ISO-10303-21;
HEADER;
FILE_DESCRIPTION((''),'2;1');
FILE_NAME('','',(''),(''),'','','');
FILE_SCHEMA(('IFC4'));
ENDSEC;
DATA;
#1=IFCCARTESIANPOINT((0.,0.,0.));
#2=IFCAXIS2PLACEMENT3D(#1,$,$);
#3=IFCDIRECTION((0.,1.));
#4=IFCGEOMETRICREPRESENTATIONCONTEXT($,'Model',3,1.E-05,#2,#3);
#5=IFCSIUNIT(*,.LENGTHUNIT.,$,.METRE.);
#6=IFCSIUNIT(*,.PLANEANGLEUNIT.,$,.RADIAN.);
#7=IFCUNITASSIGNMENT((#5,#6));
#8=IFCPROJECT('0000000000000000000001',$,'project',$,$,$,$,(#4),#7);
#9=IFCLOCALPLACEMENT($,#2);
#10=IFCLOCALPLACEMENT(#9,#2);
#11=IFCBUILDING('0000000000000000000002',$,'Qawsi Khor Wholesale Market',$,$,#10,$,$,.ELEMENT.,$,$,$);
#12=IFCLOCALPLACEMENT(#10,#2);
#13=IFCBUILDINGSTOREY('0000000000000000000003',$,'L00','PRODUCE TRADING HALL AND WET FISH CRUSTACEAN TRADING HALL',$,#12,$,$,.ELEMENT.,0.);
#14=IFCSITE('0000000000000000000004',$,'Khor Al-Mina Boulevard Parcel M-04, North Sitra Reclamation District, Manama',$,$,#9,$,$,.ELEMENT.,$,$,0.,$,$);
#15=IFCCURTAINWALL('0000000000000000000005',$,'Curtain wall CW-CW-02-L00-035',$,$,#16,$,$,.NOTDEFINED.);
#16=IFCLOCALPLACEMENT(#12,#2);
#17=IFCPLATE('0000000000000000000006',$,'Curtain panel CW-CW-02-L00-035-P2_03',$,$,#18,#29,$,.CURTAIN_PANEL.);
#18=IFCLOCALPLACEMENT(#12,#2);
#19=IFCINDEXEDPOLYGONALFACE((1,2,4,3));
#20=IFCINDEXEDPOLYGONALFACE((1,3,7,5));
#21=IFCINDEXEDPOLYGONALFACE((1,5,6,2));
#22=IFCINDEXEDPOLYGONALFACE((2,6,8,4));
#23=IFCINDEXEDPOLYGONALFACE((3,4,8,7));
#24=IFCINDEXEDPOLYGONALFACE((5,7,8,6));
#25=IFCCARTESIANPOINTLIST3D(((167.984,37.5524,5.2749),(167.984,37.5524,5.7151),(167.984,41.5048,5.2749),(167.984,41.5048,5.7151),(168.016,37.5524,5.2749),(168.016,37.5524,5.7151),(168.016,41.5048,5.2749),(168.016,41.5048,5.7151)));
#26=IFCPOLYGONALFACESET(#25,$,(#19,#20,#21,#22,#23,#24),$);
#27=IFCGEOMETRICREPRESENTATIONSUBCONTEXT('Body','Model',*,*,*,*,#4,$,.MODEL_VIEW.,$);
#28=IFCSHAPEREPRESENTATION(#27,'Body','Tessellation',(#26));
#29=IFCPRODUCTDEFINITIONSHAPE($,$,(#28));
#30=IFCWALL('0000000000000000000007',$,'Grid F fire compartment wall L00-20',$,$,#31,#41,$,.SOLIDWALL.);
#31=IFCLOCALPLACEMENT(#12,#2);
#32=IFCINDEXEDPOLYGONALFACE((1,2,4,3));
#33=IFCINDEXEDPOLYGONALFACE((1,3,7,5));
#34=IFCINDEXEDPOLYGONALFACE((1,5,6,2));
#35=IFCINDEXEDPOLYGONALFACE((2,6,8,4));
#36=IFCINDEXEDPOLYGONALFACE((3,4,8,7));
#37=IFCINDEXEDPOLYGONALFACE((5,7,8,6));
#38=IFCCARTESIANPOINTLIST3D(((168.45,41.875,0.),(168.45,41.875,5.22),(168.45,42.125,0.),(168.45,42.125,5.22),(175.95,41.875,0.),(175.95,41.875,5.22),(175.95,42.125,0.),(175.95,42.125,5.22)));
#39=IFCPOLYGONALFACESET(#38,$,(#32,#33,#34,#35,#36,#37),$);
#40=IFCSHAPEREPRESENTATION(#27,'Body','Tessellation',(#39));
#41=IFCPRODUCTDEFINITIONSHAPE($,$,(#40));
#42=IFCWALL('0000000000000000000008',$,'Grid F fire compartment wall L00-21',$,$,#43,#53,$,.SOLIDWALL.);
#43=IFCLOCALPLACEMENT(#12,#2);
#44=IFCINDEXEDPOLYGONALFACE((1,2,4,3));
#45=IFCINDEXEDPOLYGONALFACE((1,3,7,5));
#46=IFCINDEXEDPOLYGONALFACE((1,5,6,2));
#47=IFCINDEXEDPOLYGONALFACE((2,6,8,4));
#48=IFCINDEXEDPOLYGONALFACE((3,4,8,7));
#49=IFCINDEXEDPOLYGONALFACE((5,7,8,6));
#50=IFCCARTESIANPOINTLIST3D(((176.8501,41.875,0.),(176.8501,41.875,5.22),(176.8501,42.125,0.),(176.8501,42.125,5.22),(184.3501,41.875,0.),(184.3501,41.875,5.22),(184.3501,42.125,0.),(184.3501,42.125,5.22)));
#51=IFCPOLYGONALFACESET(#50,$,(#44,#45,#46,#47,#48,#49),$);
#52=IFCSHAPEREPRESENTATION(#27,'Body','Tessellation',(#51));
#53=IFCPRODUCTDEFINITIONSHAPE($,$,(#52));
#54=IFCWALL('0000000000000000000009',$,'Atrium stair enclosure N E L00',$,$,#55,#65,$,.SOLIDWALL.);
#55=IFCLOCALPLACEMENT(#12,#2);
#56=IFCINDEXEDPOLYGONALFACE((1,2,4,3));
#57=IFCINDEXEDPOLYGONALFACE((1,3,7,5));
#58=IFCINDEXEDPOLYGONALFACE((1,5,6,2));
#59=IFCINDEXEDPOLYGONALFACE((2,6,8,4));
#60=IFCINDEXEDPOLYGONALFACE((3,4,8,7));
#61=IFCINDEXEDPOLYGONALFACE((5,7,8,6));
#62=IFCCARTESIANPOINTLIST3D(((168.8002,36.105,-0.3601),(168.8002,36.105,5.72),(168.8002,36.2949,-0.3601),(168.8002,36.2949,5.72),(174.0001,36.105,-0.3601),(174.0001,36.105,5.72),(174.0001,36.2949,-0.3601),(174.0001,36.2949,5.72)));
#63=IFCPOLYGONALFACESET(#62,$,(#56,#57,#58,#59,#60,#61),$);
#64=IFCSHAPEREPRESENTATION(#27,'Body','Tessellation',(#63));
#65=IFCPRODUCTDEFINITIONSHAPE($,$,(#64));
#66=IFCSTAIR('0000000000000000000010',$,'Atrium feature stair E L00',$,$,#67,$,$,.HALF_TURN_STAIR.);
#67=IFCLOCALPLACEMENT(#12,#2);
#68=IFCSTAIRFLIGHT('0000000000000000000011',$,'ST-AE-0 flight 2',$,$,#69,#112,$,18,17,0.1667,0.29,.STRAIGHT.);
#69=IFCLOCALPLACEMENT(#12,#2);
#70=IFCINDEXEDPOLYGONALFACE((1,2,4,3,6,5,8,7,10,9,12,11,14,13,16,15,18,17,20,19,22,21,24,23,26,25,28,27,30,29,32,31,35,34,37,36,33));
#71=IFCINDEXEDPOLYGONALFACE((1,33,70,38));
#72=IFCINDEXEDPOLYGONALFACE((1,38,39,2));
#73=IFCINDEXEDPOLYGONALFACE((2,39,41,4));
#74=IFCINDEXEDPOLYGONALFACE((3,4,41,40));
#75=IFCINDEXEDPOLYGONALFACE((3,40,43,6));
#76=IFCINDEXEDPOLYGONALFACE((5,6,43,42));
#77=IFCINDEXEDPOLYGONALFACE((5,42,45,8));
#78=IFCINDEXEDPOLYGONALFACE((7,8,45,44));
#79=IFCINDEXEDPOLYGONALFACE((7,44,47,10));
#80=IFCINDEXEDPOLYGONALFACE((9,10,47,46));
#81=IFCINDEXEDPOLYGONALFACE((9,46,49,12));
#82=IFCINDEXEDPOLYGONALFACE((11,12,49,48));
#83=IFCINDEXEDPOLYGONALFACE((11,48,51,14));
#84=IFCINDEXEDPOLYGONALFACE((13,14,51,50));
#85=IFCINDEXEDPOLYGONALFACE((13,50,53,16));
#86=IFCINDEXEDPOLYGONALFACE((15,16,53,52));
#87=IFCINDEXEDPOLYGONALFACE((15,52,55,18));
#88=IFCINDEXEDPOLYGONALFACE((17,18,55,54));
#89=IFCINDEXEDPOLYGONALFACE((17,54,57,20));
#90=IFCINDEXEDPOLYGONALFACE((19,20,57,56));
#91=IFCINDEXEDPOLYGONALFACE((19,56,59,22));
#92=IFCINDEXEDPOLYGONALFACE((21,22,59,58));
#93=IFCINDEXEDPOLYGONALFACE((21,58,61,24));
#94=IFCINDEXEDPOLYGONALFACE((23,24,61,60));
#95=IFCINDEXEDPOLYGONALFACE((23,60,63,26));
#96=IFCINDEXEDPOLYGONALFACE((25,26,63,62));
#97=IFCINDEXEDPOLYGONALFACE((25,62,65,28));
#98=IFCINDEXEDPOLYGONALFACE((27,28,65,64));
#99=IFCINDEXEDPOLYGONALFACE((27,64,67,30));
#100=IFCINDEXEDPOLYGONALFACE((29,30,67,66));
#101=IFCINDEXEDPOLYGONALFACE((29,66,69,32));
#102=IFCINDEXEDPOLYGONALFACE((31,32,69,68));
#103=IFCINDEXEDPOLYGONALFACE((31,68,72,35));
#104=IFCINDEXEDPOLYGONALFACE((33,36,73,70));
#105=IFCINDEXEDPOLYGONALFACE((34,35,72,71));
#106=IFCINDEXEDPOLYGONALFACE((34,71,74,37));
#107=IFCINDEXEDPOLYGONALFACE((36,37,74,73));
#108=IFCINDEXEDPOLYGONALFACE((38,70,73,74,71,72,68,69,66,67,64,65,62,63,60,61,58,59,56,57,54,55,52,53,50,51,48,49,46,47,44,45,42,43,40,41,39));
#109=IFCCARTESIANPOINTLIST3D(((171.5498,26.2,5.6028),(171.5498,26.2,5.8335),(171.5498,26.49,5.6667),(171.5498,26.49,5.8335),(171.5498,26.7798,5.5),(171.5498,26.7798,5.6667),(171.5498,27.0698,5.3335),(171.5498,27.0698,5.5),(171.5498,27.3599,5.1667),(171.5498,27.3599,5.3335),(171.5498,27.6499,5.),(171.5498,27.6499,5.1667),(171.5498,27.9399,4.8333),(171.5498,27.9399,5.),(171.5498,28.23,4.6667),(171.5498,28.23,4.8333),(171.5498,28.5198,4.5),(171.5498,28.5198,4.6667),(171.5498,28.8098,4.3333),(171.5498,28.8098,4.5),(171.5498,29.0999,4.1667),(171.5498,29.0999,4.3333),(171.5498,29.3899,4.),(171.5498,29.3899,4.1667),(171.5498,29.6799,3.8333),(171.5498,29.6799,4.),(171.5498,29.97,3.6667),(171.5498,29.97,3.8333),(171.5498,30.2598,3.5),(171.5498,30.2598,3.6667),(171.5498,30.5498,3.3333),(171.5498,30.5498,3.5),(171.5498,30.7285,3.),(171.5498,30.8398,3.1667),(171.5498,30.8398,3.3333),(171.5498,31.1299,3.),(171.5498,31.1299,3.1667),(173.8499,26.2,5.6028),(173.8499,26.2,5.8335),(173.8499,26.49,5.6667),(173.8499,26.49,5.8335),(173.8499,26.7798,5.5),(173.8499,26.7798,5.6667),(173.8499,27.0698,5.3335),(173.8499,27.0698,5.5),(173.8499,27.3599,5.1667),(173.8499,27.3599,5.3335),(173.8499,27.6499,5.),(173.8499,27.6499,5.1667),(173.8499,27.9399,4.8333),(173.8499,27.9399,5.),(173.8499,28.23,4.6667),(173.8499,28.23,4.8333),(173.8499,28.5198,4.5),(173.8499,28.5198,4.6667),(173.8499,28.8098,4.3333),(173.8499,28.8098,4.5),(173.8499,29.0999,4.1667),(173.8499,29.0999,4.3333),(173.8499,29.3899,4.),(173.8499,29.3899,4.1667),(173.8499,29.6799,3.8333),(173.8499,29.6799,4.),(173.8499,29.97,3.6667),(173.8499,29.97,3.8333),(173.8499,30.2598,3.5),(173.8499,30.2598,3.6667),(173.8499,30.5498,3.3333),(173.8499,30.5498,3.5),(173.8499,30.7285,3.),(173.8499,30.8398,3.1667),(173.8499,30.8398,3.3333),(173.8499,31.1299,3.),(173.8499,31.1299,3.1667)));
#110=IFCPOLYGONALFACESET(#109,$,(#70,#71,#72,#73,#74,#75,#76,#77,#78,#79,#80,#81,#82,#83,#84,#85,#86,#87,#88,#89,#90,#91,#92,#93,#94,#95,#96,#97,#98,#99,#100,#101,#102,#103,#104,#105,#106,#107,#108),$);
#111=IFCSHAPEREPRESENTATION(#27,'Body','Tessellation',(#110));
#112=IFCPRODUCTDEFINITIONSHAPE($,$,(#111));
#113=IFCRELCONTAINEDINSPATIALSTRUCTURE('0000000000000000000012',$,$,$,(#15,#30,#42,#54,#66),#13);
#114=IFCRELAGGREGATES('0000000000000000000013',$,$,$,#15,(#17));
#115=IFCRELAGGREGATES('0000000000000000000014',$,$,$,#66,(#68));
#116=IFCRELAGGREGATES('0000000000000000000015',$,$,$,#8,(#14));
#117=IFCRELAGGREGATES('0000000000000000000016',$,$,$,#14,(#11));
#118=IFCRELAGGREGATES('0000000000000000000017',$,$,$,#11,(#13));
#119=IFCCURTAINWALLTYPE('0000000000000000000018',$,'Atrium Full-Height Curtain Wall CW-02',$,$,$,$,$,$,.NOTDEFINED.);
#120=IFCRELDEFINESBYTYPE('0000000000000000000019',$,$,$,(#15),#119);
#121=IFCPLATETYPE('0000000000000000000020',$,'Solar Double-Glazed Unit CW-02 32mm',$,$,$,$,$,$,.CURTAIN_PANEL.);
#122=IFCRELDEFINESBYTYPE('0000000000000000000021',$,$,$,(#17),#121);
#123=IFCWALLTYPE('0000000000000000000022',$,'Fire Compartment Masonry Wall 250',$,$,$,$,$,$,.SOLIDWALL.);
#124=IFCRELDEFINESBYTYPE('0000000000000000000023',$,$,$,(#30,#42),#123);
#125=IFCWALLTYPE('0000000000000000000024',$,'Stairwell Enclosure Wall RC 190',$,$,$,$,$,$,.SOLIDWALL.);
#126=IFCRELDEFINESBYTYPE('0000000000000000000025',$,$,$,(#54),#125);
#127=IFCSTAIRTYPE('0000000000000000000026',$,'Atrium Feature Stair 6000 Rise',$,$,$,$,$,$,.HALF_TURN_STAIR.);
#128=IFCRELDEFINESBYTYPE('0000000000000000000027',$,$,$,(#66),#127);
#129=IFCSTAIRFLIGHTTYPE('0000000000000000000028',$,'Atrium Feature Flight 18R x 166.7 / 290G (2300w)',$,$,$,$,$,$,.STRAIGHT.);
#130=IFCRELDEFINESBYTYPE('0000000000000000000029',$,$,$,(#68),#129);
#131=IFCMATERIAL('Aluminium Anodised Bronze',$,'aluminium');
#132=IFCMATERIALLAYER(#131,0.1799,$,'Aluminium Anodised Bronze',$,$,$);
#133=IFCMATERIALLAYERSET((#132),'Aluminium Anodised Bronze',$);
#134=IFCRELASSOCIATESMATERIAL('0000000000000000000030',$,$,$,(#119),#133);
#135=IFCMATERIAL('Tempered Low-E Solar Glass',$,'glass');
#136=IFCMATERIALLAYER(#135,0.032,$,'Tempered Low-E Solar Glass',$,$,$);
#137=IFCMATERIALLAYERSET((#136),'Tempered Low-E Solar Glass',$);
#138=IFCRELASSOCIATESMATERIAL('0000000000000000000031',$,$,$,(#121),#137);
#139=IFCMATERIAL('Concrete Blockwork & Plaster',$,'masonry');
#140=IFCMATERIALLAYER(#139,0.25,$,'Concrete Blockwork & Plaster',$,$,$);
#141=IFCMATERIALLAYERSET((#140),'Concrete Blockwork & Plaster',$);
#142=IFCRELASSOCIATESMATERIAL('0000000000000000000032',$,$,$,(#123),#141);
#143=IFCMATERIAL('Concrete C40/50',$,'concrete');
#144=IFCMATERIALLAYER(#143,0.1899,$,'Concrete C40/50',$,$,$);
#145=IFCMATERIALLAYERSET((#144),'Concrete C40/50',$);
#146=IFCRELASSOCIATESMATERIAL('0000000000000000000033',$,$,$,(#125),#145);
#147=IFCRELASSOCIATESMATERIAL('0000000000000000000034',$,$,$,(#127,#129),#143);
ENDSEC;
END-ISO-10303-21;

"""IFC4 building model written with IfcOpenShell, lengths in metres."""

from ifc_helpers import new_model, si_unit, direction, frame, frame_2d, origin, place, context, subcontext, project, spatial, polyline, rectangle, outline, extrude, material, layer, layer_set, type_object, element, aggregate, save


model = new_model("IFC4")

# Units and contexts
model_context = context("Model", 3, precision=1e-05, world=origin(), true_north=direction((0.0, 1.0)))
body_context = subcontext(model_context, "Body", "Model", "MODEL_VIEW")
ifc_project = project(units=[si_unit("LENGTHUNIT", "METRE"), si_unit("PLANEANGLEUNIT", "RADIAN")], contexts=[model_context])

# Site, building, storey
site_placement = place(None, origin())
site = spatial("IfcSite", under=ifc_project, at=site_placement, Name="Khor Al-Mina Boulevard Parcel M-04, North Sitra Reclamation District, Manama", CompositionType="ELEMENT", RefElevation=0.0)
building_placement = place(site_placement, origin())
building = spatial("IfcBuilding", under=site, at=building_placement, Name="Qawsi Khor Wholesale Market", CompositionType="ELEMENT")
storey_placement = place(building_placement, origin())
storey = spatial("IfcBuildingStorey", under=building, at=storey_placement, Name="L00", Description="PRODUCE TRADING HALL AND WET FISH CRUSTACEAN TRADING HALL", CompositionType="ELEMENT", Elevation=0.0)

# Shared definitions
ifc_material_1 = material(Name="Concrete C40/50", Category="concrete")

# Curtain wall, plate
ifc_material_2 = material(Name="Aluminium Anodised Bronze", Category="aluminium")
ifc_layer_1 = layer(ifc_material_2, 0.1799, Name="Aluminium Anodised Bronze")
ifc_layer_set_1 = layer_set([ifc_layer_1], Name="Aluminium Anodised Bronze")
curtain_wall_type = type_object("IfcCurtainWallType", Name="Atrium Full-Height Curtain Wall CW-02", PredefinedType="NOTDEFINED", material=ifc_layer_set_1)
curtain_wall_placement = place(storey_placement, origin())
curtain_wall = element("IfcCurtainWall", 1, at=curtain_wall_placement, inside=storey, type_object=curtain_wall_type, Name="Curtain wall CW-CW-02-L00-035", PredefinedType="NOTDEFINED")
ifc_material_3 = material(Name="Tempered Low-E Solar Glass", Category="glass")
ifc_layer_2 = layer(ifc_material_3, 0.032, Name="Tempered Low-E Solar Glass")
ifc_layer_set_2 = layer_set([ifc_layer_2], Name="Tempered Low-E Solar Glass")
plate_type_1 = type_object("IfcPlateType", Name="Solar Double-Glazed Unit CW-02 32mm", PredefinedType="CURTAIN_PANEL", material=ifc_layer_set_2)
plate_1_placement = place(storey_placement, frame((168.0, 37.5525, 5.2749), z_axis=(0.0, 0.0, 1.0), x_axis=(0.0, 1.0, 0.0)))
plate_1 = element("IfcPlate", 2, at=plate_1_placement, type_object=plate_type_1, Name="Curtain panel CW-CW-02-L00-035-P2_03", PredefinedType="CURTAIN_PANEL", context=body_context, shape_type="SweptSolid", body=[
    extrude(rectangle(XDim=3.9524, YDim=0.032, at=frame_2d((1.9761, 0.0))), origin(), (0.0, 0.0, 1.0), 0.4402),
])
aggregate(curtain_wall, [plate_1])

# Walls
ifc_material_4 = material(Name="Concrete Blockwork & Plaster", Category="masonry")
ifc_layer_3 = layer(ifc_material_4, 0.25, Name="Concrete Blockwork & Plaster")
ifc_layer_set_3 = layer_set([ifc_layer_3], Name="Concrete Blockwork & Plaster")
wall_type_1 = type_object("IfcWallType", Name="Fire Compartment Masonry Wall 250", PredefinedType="SOLIDWALL", material=ifc_layer_set_3)
for number, where, z_axis, x_axis, name in (
    (3, (168.45, 42.0, 0.0), (0.0, 0.0, 1.0), (1.0, 0.0, 0.0), "Grid F fire compartment wall L00-20"),
    (4, (176.8501, 42.0, 0.0), (0.0, 0.0, 1.0), (1.0, 0.0, 0.0), "Grid F fire compartment wall L00-21"),
):
    element("IfcWall", number, at=place(storey_placement, frame(where, z_axis=z_axis, x_axis=x_axis)), inside=storey, type_object=wall_type_1, Name=name, PredefinedType="SOLIDWALL", context=body_context, shape_type="SweptSolid", body=[
        extrude(rectangle(XDim=7.5, YDim=0.25, at=frame_2d((3.75, 0.0))), origin(), (0.0, 0.0, 1.0), 5.22),
    ])
ifc_layer_4 = layer(ifc_material_1, 0.1899, Name="Concrete C40/50")
ifc_layer_set_4 = layer_set([ifc_layer_4], Name="Concrete C40/50")
wall_type_2 = type_object("IfcWallType", Name="Stairwell Enclosure Wall RC 190", PredefinedType="SOLIDWALL", material=ifc_layer_set_4)
wall_placement = place(storey_placement, frame((168.8, 36.2, -0.3601), z_axis=(0.0, 0.0, 1.0), x_axis=(1.0, 0.0, 0.0)))
element("IfcWall", 5, at=wall_placement, inside=storey, type_object=wall_type_2, Name="Atrium stair enclosure N E L00", PredefinedType="SOLIDWALL", context=body_context, shape_type="SweptSolid", body=[
    extrude(rectangle(XDim=5.2, YDim=0.1899, at=frame_2d((2.6001, 0.0))), origin(), (0.0, 0.0, 1.0), 6.0801),
])

# Stair, stair flight
stair_type = type_object("IfcStairType", Name="Atrium Feature Stair 6000 Rise", PredefinedType="HALF_TURN_STAIR", material=ifc_material_1)
stair_placement = place(storey_placement, origin())
stair = element("IfcStair", 6, at=stair_placement, inside=storey, type_object=stair_type, Name="Atrium feature stair E L00", PredefinedType="HALF_TURN_STAIR")
stair_flight_type = type_object("IfcStairFlightType", Name="Atrium Feature Flight 18R x 166.7 / 290G (2300w)", PredefinedType="STRAIGHT", material=ifc_material_1)
stair_flight_placement = place(storey_placement, frame((172.7, 31.1299, 3.0), z_axis=(0.0, 0.0, 1.0), x_axis=(0.0, -1.0, 0.0)))
stair_flight = element("IfcStairFlight", 7, at=stair_flight_placement, type_object=stair_flight_type, Name="ST-AE-0 flight 2", NumberOfRisers=18, NumberOfTreads=17, PredefinedType="STRAIGHT", RiserHeight=0.1667, TreadLength=0.29, context=body_context, shape_type="SweptSolid", body=[
    extrude(outline(polyline([(0.0, 0.0), (0.0, 0.1667), (0.29, 0.1667), (0.29, 0.3333), (0.5801, 0.3333), (0.5801, 0.5), (0.8701, 0.5), (0.8701, 0.6667), (1.1599, 0.6667), (1.1599, 0.8333), (1.45, 0.8333), (1.45, 1.0), (1.74, 1.0), (1.74, 1.1667), (2.03, 1.1667), (2.03, 1.3333), (2.3201, 1.3333), (2.3201, 1.5), (2.6101, 1.5), (2.6101, 1.6667), (2.8999, 1.6667), (2.8999, 1.8333), (3.1899, 1.8333), (3.1899, 2.0), (3.48, 2.0), (3.48, 2.1667), (3.77, 2.1667), (3.77, 2.3335), (4.0601, 2.3335), (4.0601, 2.5), (4.3501, 2.5), (4.3501, 2.6667), (4.6399, 2.6667), (4.6399, 2.8335), (4.9299, 2.8335), (4.9299, 3.0), (4.9299, 2.6028), (0.4014, 0.0), (0.0, 0.0)])), frame((0.0, 1.1499, 0.0), z_axis=(0.0, -1.0, 0.0), x_axis=(1.0, 0.0, 0.0)), (0.0, 0.0, 1.0), 2.3),
])
aggregate(stair, [stair_flight])

save(model, "model.ifc")
